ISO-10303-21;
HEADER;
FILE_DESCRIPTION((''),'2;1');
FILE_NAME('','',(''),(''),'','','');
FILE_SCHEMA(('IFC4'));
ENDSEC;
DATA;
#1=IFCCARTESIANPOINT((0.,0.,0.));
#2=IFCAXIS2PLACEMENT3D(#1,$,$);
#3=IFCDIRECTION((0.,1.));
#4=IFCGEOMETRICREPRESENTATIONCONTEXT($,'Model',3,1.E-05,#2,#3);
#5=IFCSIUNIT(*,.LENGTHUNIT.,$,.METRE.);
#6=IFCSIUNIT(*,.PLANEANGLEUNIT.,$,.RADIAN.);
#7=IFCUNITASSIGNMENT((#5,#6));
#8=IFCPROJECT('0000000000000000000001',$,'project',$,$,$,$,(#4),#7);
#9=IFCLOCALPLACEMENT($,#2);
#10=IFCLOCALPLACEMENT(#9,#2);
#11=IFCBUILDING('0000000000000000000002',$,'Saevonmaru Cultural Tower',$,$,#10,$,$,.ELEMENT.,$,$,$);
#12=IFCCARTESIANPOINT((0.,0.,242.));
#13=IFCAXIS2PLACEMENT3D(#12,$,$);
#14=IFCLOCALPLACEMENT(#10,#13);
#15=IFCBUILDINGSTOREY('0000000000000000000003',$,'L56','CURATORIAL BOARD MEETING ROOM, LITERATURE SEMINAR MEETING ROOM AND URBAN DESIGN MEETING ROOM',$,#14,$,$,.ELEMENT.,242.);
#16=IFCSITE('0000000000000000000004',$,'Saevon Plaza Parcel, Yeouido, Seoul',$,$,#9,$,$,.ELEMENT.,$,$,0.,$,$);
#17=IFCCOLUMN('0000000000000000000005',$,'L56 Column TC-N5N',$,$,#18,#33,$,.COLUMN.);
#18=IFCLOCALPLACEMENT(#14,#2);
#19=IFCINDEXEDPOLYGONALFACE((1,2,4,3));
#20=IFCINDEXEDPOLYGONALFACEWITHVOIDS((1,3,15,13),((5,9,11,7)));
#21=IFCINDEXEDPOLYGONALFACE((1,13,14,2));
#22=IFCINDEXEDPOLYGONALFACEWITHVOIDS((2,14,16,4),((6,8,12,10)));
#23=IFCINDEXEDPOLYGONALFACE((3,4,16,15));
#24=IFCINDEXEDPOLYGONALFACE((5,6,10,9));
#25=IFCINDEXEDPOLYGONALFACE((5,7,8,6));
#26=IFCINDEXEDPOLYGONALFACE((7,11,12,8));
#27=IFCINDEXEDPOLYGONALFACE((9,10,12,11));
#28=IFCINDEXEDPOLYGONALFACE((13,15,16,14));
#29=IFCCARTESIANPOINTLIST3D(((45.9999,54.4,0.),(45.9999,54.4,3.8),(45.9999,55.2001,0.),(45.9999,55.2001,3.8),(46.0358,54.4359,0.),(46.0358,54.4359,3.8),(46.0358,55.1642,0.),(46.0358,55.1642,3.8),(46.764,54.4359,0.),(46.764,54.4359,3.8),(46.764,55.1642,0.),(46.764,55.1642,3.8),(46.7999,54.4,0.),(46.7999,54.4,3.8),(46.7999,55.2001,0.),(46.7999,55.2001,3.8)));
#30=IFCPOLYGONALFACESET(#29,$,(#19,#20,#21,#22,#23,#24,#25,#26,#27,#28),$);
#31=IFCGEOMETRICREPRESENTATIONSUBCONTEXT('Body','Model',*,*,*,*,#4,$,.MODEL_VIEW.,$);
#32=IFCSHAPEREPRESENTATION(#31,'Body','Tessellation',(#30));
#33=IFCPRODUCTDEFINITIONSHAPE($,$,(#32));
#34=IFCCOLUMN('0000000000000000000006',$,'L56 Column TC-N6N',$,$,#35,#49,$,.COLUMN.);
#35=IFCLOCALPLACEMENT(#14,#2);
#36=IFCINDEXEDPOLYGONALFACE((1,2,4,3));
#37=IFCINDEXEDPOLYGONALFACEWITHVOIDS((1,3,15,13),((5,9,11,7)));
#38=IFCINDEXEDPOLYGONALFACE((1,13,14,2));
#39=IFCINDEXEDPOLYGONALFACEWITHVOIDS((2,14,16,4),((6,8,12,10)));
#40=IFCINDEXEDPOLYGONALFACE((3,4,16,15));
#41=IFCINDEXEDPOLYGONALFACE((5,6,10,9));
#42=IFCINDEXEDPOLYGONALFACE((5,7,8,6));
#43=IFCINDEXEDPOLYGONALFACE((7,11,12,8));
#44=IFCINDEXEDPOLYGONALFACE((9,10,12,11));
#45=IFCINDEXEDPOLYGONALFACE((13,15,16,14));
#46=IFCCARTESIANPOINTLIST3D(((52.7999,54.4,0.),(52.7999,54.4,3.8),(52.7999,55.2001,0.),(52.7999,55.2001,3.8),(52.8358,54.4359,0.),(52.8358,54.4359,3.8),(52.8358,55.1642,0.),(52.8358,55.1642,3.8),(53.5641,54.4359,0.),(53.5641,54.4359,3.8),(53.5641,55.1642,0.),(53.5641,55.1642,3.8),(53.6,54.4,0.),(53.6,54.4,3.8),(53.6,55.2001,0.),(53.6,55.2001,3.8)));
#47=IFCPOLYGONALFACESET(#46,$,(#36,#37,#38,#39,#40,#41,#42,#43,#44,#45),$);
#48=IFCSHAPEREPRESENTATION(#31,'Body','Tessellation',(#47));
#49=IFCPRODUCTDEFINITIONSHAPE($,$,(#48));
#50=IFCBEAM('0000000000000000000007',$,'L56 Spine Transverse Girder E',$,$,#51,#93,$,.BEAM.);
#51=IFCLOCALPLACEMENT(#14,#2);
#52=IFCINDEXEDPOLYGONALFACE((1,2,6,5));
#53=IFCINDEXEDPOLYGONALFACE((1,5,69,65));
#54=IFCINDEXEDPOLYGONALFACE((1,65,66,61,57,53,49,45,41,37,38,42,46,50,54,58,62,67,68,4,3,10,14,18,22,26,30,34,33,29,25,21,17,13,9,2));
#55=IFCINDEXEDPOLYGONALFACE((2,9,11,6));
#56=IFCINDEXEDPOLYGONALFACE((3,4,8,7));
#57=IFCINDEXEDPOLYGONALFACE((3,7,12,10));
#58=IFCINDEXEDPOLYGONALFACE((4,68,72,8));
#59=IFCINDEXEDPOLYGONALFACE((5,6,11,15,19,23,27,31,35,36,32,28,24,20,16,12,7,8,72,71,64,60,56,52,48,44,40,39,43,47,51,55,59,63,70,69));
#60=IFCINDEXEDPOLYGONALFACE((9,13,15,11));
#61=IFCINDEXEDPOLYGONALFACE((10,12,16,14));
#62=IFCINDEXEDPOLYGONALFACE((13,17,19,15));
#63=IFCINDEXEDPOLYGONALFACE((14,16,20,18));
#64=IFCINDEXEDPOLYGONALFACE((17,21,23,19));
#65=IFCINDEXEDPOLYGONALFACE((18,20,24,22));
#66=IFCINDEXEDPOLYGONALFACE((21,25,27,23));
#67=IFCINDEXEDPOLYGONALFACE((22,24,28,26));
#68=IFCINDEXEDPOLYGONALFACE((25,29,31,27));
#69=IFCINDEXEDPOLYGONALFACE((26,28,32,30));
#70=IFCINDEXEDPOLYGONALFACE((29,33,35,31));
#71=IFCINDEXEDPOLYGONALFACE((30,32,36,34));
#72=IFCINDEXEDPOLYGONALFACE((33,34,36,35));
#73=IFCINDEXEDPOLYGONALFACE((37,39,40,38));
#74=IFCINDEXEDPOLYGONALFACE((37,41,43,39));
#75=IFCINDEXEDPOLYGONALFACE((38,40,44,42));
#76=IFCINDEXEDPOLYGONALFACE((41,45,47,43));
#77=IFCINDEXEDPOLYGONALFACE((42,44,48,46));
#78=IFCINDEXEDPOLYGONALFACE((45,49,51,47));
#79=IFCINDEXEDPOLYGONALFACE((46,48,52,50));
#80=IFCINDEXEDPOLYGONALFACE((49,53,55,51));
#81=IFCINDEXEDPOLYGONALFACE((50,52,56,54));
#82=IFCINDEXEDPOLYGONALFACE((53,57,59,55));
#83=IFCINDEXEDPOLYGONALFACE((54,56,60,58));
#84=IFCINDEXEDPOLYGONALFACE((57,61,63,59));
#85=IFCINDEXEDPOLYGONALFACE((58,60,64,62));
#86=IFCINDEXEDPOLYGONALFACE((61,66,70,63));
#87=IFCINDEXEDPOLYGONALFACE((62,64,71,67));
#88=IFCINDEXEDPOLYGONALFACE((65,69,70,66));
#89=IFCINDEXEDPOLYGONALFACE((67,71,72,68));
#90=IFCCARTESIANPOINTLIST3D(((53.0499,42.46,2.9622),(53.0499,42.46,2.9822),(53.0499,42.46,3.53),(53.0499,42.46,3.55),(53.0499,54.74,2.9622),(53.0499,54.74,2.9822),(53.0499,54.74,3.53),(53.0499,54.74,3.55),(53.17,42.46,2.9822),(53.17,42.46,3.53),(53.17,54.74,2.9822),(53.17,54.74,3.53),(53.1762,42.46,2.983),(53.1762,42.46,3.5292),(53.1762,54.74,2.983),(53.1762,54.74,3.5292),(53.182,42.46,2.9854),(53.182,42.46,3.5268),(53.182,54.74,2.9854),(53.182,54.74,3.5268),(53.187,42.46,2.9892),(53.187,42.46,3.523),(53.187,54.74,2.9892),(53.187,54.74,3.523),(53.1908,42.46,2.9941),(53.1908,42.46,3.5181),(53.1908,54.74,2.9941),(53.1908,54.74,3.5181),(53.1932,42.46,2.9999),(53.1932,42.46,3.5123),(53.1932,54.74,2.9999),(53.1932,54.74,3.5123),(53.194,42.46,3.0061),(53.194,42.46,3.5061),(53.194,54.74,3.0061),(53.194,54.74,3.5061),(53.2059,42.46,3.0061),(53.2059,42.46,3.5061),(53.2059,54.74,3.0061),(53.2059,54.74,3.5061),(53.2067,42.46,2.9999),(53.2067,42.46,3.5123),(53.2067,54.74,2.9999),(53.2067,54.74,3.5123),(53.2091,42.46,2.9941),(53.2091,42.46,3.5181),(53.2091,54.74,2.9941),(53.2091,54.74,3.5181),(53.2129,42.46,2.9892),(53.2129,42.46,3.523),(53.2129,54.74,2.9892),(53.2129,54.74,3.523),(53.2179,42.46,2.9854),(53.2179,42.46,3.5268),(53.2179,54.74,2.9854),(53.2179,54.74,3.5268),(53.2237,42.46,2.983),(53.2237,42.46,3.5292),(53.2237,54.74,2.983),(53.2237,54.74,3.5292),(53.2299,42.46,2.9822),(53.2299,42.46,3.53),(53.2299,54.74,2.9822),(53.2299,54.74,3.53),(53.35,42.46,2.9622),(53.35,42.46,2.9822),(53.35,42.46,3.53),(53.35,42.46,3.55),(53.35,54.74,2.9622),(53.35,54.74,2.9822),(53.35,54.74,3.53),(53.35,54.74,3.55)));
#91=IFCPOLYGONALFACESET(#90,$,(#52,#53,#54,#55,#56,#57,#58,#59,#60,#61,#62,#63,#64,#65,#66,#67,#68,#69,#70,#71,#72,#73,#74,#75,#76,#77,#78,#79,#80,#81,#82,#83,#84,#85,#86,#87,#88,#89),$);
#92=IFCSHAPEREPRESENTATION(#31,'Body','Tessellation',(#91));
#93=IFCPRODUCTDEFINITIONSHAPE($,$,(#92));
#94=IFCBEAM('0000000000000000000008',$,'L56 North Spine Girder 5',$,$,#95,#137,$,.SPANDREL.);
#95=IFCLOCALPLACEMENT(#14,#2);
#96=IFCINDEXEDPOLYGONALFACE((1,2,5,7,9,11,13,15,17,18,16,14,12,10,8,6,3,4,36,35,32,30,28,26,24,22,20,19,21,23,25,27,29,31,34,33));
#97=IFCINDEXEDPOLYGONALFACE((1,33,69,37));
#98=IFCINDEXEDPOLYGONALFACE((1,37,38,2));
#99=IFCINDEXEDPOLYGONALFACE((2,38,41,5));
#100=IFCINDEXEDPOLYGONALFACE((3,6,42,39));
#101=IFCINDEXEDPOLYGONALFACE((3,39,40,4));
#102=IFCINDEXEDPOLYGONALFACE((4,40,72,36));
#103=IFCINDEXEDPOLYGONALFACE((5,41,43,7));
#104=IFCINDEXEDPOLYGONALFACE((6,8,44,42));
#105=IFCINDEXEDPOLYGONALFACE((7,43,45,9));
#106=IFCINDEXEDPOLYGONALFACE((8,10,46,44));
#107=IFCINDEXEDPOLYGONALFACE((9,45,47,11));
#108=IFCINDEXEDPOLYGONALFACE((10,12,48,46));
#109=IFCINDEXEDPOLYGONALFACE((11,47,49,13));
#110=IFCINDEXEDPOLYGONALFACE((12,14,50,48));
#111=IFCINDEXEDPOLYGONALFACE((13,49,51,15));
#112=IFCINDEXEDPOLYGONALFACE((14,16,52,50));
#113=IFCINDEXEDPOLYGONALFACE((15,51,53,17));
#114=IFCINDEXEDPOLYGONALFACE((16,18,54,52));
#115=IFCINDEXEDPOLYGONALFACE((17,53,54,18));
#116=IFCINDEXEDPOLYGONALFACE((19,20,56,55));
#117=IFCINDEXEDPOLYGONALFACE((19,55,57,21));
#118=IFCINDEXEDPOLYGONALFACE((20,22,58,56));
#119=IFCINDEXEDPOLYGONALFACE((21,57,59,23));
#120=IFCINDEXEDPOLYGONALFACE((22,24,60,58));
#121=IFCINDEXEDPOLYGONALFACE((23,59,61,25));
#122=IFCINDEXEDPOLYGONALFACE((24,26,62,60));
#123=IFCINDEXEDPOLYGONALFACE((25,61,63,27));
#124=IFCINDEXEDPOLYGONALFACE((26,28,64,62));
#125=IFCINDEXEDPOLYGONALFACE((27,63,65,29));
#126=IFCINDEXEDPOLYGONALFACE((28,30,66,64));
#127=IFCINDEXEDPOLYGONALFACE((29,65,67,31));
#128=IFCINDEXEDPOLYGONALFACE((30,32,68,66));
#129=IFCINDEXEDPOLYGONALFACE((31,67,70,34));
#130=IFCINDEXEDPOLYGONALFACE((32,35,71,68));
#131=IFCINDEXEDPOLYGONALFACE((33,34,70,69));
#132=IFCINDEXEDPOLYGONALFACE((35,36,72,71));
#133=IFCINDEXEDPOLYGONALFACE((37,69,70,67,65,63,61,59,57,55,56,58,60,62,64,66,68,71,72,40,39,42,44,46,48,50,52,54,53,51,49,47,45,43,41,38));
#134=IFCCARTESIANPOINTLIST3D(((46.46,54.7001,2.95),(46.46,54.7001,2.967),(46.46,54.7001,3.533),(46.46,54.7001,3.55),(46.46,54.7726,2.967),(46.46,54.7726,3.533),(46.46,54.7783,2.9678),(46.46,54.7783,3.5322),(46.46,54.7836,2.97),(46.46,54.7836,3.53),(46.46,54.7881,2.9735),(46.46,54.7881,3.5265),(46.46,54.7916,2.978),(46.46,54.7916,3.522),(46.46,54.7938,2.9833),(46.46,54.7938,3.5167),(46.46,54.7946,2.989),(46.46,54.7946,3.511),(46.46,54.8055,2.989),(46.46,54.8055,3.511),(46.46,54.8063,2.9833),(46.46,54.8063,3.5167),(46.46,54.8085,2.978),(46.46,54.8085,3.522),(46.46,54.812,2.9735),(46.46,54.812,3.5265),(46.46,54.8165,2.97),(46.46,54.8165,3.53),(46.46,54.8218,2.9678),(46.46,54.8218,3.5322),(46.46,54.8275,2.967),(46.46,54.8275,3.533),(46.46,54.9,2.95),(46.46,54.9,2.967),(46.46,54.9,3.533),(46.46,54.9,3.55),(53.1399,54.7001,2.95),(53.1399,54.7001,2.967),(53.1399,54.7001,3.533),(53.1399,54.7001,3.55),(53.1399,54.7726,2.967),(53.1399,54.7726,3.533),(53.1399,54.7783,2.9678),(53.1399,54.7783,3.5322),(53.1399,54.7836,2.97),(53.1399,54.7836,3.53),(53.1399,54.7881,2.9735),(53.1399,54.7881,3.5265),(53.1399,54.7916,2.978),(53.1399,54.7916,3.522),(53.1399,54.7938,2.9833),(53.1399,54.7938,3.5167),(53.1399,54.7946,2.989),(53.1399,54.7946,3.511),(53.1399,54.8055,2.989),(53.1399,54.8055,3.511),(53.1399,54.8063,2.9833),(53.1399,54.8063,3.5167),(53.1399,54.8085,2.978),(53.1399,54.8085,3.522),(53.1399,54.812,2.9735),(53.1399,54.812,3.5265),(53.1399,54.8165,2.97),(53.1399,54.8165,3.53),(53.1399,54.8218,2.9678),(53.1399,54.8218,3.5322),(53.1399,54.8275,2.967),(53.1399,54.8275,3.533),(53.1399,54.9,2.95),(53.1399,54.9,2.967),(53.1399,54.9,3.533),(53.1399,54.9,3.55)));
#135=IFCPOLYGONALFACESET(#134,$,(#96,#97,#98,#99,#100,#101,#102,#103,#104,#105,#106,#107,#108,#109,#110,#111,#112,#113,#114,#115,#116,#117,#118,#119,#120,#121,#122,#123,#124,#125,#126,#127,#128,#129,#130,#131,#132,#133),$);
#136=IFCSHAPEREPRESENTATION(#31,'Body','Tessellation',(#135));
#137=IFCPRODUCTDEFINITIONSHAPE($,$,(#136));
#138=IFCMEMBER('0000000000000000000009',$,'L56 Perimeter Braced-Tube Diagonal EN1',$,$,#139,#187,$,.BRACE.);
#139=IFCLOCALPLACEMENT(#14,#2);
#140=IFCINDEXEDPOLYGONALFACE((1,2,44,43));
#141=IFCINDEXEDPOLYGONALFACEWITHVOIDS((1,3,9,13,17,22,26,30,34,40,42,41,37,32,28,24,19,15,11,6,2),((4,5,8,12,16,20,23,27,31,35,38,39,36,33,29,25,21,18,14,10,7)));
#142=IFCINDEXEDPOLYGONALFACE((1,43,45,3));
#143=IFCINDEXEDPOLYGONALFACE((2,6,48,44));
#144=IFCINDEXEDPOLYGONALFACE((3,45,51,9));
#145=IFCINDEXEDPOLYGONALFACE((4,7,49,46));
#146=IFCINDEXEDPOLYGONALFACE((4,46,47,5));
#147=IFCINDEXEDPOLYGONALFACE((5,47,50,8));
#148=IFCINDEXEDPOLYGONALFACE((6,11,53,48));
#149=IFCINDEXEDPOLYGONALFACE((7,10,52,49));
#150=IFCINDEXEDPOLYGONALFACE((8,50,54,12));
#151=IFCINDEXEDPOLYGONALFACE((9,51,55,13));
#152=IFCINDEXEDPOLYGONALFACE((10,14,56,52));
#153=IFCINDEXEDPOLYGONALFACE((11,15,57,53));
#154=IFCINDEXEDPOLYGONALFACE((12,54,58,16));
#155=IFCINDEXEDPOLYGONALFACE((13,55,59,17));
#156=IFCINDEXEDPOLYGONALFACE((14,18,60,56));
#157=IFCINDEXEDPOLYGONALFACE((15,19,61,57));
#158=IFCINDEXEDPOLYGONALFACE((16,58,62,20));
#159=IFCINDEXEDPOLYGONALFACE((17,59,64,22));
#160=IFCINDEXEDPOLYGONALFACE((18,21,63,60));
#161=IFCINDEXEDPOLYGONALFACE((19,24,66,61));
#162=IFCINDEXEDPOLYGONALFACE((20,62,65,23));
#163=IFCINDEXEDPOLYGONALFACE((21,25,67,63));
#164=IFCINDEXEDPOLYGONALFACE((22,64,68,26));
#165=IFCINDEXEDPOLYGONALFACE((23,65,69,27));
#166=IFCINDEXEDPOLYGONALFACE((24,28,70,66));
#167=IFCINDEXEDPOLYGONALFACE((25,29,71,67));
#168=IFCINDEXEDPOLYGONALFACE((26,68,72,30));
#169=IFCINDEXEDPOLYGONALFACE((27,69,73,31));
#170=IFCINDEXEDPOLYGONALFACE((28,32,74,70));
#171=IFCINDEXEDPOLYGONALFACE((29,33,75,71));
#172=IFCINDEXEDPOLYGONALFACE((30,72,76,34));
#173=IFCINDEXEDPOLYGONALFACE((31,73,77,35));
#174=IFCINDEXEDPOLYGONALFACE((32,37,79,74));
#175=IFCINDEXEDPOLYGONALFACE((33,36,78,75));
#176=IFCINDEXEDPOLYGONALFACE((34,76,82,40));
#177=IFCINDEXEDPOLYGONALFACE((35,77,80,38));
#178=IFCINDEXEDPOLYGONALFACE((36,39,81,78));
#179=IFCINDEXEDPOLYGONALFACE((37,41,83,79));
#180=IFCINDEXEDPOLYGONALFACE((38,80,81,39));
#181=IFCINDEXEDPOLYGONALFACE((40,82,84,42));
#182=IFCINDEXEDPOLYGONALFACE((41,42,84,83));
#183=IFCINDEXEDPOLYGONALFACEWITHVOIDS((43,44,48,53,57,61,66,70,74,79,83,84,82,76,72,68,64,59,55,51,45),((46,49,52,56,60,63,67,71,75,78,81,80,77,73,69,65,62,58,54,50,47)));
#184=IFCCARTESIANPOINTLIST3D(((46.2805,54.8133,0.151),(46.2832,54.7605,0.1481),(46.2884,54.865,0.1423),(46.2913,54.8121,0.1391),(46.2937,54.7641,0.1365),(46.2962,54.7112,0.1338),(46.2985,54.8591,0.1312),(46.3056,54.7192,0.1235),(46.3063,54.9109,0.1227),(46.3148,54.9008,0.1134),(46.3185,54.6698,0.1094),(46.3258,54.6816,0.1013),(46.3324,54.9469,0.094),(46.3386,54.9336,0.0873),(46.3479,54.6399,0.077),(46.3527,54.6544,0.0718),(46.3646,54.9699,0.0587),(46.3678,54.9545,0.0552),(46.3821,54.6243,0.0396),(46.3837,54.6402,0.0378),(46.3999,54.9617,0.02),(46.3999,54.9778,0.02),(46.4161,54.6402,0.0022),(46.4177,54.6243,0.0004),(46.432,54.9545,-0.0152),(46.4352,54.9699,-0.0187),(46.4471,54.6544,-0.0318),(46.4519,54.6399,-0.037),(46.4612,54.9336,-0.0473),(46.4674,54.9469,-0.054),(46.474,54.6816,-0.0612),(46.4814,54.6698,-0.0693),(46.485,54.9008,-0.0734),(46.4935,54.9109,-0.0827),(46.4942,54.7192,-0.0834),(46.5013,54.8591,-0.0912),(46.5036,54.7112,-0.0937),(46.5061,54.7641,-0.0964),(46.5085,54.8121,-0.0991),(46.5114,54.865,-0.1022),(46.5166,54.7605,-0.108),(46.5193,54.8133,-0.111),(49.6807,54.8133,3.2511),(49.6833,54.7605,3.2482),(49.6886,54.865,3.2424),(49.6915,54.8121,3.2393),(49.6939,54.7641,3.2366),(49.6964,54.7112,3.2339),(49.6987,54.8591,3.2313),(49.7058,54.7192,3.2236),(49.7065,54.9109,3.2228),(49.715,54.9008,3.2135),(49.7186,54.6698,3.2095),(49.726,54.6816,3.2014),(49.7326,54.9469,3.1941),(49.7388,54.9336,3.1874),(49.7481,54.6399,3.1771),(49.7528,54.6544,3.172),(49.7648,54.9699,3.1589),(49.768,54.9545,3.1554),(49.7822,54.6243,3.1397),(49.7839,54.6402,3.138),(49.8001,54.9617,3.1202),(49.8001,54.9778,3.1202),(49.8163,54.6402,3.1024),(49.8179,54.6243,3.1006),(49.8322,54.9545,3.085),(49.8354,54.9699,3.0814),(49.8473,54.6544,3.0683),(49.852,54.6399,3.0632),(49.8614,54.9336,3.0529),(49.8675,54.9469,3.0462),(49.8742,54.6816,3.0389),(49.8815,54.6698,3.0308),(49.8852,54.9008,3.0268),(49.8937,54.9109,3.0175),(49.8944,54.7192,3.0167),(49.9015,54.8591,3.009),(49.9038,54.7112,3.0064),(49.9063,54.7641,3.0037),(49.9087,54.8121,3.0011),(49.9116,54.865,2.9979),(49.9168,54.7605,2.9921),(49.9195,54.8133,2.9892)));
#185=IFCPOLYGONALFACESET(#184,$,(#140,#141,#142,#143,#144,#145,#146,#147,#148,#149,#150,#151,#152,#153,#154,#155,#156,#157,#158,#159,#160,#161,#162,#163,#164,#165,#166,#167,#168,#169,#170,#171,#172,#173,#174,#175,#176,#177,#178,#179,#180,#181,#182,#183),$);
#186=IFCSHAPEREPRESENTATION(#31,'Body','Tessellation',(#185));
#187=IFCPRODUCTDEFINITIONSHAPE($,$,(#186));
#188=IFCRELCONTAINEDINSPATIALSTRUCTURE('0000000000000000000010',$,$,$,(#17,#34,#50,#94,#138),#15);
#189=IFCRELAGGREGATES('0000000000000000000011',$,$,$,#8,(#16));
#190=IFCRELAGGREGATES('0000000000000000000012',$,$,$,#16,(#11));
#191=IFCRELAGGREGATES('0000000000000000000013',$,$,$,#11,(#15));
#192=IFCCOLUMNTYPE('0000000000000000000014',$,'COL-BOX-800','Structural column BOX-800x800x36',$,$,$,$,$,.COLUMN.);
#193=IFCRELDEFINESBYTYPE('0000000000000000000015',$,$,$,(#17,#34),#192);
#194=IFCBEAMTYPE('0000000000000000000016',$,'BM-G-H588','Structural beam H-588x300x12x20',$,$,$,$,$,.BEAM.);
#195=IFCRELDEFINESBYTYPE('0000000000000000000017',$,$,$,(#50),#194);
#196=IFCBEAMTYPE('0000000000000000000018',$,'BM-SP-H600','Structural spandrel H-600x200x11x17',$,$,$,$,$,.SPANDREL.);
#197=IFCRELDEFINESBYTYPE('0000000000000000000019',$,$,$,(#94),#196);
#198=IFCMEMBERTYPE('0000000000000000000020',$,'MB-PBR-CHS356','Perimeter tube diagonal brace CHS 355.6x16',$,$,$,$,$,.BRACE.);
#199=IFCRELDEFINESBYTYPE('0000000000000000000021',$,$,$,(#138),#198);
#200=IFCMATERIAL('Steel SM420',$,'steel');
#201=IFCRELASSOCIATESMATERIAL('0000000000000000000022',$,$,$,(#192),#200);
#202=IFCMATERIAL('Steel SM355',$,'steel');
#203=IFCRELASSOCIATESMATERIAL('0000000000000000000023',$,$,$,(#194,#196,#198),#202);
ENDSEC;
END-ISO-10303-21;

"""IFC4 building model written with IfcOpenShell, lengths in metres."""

from ifc_helpers import new_model, si_unit, direction, frame, origin, origin_2d, place, context, subcontext, project, spatial, hollow_rectangle, hollow_circle, i_section, extrude, material, material_profile, profile_set, type_object, element, save


model = new_model("IFC4")

# Units and contexts
model_context = context("Model", 3, precision=1e-05, world=origin(), true_north=direction((0.0, 1.0)))
body_context = subcontext(model_context, "Body", "Model", "MODEL_VIEW")
ifc_project = project(units=[si_unit("LENGTHUNIT", "METRE"), si_unit("PLANEANGLEUNIT", "RADIAN")], contexts=[model_context])

# Site, building, storey
site_placement = place(None, origin())
site = spatial("IfcSite", under=ifc_project, at=site_placement, Name="Saevon Plaza Parcel, Yeouido, Seoul", CompositionType="ELEMENT", RefElevation=0.0)
building_placement = place(site_placement, origin())
building = spatial("IfcBuilding", under=site, at=building_placement, Name="Saevonmaru Cultural Tower", CompositionType="ELEMENT")
storey_placement = place(building_placement, frame((0.0, 0.0, 242.0)))
storey = spatial("IfcBuildingStorey", under=building, at=storey_placement, Name="L56", Description="CURATORIAL BOARD MEETING ROOM, LITERATURE SEMINAR MEETING ROOM AND URBAN DESIGN MEETING ROOM", CompositionType="ELEMENT", Elevation=242.0)

# Columns
ifc_material_1 = material(Name="Steel SM420", Category="steel")
ifc_material_profile_1 = material_profile(ifc_material_1, hollow_rectangle(XDim=0.8, YDim=0.8, WallThickness=0.0359, at=origin_2d()), Name="BOX-800x800x36")
ifc_profile_set_1 = profile_set([ifc_material_profile_1], Name="Steel SM420")
column_type = type_object("IfcColumnType", Name="COL-BOX-800", Description="Structural column BOX-800x800x36", PredefinedType="COLUMN", material=ifc_profile_set_1)
for number, where, z_axis, x_axis, name in (
    (1, (46.3999, 54.8, 0.0), (0.0, 0.0, 1.0), (1.0, 0.0, 0.0), "L56 Column TC-N5N"),
    (2, (53.2, 54.8, 0.0), (0.0, 0.0, 1.0), (1.0, 0.0, 0.0), "L56 Column TC-N6N"),
):
    element("IfcColumn", number, at=place(storey_placement, frame(where, z_axis=z_axis, x_axis=x_axis)), inside=storey, type_object=column_type, Name=name, PredefinedType="COLUMN", context=body_context, shape_type="SweptSolid", body=[
        extrude(hollow_rectangle(XDim=0.8, YDim=0.8, WallThickness=0.0359, at=origin_2d()), origin(), (0.0, 0.0, 1.0), 3.8),
    ])

# Beams
ifc_material_2 = material(Name="Steel SM355", Category="steel")
ifc_material_profile_2 = material_profile(ifc_material_2, i_section(OverallWidth=0.3, OverallDepth=0.5879, WebThickness=0.012, FlangeThickness=0.02, FilletRadius=0.0239, at=origin_2d()), Name="H-588x300x12x20")
ifc_profile_set_2 = profile_set([ifc_material_profile_2], Name="Steel SM355")
beam_type_1 = type_object("IfcBeamType", Name="BM-G-H588", Description="Structural beam H-588x300x12x20", PredefinedType="BEAM", material=ifc_profile_set_2)
beam_1_placement = place(storey_placement, frame((53.2, 54.74, 3.2561), z_axis=(0.0, -1.0, 0.0), x_axis=(1.0, 0.0, 0.0)))
element("IfcBeam", 3, at=beam_1_placement, inside=storey, type_object=beam_type_1, Name="L56 Spine Transverse Girder E", PredefinedType="BEAM", context=body_context, shape_type="SweptSolid", body=[
    extrude(i_section(OverallWidth=0.3, OverallDepth=0.5879, WebThickness=0.012, FlangeThickness=0.02, FilletRadius=0.0239, at=origin_2d()), origin(), (0.0, 0.0, 1.0), 12.28),
])
ifc_material_profile_3 = material_profile(ifc_material_2, i_section(OverallWidth=0.2, OverallDepth=0.6001, WebThickness=0.011, FlangeThickness=0.0171, FilletRadius=0.022, at=origin_2d()), Name="H-600x200x11x17")
ifc_profile_set_3 = profile_set([ifc_material_profile_3], Name="Steel SM355")
beam_type_2 = type_object("IfcBeamType", Name="BM-SP-H600", Description="Structural spandrel H-600x200x11x17", PredefinedType="SPANDREL", material=ifc_profile_set_3)
beam_2_placement = place(storey_placement, frame((46.46, 54.8, 3.25), z_axis=(1.0, 0.0, 0.0), x_axis=(0.0, 1.0, 0.0)))
element("IfcBeam", 4, at=beam_2_placement, inside=storey, type_object=beam_type_2, Name="L56 North Spine Girder 5", PredefinedType="SPANDREL", context=body_context, shape_type="SweptSolid", body=[
    extrude(i_section(OverallWidth=0.2, OverallDepth=0.6001, WebThickness=0.011, FlangeThickness=0.0171, FilletRadius=0.022, at=origin_2d()), origin(), (0.0, 0.0, 1.0), 6.6799),
])

# Member
ifc_material_profile_4 = material_profile(ifc_material_2, hollow_circle(Radius=0.1777, WallThickness=0.0161, at=origin_2d()), Name="CHS-355.6x16")
ifc_profile_set_4 = profile_set([ifc_material_profile_4], Name="Steel SM355")
member_type_1 = type_object("IfcMemberType", Name="MB-PBR-CHS356", Description="Perimeter tube diagonal brace CHS 355.6x16", PredefinedType="BRACE", material=ifc_profile_set_4)
member_1_placement = place(storey_placement, frame((46.3999, 54.8, 0.02), z_axis=(0.73896, 0.0, 0.67375), x_axis=(0.0, 1.0, 0.0)))
element("IfcMember", 5, at=member_1_placement, inside=storey, type_object=member_type_1, Name="L56 Perimeter Braced-Tube Diagonal EN1", PredefinedType="BRACE", context=body_context, shape_type="SweptSolid", body=[
    extrude(hollow_circle(Radius=0.1777, WallThickness=0.0161, at=origin_2d()), origin(), (0.0, 0.0, 1.0), 4.6013),
])

save(model, "model.ifc")
